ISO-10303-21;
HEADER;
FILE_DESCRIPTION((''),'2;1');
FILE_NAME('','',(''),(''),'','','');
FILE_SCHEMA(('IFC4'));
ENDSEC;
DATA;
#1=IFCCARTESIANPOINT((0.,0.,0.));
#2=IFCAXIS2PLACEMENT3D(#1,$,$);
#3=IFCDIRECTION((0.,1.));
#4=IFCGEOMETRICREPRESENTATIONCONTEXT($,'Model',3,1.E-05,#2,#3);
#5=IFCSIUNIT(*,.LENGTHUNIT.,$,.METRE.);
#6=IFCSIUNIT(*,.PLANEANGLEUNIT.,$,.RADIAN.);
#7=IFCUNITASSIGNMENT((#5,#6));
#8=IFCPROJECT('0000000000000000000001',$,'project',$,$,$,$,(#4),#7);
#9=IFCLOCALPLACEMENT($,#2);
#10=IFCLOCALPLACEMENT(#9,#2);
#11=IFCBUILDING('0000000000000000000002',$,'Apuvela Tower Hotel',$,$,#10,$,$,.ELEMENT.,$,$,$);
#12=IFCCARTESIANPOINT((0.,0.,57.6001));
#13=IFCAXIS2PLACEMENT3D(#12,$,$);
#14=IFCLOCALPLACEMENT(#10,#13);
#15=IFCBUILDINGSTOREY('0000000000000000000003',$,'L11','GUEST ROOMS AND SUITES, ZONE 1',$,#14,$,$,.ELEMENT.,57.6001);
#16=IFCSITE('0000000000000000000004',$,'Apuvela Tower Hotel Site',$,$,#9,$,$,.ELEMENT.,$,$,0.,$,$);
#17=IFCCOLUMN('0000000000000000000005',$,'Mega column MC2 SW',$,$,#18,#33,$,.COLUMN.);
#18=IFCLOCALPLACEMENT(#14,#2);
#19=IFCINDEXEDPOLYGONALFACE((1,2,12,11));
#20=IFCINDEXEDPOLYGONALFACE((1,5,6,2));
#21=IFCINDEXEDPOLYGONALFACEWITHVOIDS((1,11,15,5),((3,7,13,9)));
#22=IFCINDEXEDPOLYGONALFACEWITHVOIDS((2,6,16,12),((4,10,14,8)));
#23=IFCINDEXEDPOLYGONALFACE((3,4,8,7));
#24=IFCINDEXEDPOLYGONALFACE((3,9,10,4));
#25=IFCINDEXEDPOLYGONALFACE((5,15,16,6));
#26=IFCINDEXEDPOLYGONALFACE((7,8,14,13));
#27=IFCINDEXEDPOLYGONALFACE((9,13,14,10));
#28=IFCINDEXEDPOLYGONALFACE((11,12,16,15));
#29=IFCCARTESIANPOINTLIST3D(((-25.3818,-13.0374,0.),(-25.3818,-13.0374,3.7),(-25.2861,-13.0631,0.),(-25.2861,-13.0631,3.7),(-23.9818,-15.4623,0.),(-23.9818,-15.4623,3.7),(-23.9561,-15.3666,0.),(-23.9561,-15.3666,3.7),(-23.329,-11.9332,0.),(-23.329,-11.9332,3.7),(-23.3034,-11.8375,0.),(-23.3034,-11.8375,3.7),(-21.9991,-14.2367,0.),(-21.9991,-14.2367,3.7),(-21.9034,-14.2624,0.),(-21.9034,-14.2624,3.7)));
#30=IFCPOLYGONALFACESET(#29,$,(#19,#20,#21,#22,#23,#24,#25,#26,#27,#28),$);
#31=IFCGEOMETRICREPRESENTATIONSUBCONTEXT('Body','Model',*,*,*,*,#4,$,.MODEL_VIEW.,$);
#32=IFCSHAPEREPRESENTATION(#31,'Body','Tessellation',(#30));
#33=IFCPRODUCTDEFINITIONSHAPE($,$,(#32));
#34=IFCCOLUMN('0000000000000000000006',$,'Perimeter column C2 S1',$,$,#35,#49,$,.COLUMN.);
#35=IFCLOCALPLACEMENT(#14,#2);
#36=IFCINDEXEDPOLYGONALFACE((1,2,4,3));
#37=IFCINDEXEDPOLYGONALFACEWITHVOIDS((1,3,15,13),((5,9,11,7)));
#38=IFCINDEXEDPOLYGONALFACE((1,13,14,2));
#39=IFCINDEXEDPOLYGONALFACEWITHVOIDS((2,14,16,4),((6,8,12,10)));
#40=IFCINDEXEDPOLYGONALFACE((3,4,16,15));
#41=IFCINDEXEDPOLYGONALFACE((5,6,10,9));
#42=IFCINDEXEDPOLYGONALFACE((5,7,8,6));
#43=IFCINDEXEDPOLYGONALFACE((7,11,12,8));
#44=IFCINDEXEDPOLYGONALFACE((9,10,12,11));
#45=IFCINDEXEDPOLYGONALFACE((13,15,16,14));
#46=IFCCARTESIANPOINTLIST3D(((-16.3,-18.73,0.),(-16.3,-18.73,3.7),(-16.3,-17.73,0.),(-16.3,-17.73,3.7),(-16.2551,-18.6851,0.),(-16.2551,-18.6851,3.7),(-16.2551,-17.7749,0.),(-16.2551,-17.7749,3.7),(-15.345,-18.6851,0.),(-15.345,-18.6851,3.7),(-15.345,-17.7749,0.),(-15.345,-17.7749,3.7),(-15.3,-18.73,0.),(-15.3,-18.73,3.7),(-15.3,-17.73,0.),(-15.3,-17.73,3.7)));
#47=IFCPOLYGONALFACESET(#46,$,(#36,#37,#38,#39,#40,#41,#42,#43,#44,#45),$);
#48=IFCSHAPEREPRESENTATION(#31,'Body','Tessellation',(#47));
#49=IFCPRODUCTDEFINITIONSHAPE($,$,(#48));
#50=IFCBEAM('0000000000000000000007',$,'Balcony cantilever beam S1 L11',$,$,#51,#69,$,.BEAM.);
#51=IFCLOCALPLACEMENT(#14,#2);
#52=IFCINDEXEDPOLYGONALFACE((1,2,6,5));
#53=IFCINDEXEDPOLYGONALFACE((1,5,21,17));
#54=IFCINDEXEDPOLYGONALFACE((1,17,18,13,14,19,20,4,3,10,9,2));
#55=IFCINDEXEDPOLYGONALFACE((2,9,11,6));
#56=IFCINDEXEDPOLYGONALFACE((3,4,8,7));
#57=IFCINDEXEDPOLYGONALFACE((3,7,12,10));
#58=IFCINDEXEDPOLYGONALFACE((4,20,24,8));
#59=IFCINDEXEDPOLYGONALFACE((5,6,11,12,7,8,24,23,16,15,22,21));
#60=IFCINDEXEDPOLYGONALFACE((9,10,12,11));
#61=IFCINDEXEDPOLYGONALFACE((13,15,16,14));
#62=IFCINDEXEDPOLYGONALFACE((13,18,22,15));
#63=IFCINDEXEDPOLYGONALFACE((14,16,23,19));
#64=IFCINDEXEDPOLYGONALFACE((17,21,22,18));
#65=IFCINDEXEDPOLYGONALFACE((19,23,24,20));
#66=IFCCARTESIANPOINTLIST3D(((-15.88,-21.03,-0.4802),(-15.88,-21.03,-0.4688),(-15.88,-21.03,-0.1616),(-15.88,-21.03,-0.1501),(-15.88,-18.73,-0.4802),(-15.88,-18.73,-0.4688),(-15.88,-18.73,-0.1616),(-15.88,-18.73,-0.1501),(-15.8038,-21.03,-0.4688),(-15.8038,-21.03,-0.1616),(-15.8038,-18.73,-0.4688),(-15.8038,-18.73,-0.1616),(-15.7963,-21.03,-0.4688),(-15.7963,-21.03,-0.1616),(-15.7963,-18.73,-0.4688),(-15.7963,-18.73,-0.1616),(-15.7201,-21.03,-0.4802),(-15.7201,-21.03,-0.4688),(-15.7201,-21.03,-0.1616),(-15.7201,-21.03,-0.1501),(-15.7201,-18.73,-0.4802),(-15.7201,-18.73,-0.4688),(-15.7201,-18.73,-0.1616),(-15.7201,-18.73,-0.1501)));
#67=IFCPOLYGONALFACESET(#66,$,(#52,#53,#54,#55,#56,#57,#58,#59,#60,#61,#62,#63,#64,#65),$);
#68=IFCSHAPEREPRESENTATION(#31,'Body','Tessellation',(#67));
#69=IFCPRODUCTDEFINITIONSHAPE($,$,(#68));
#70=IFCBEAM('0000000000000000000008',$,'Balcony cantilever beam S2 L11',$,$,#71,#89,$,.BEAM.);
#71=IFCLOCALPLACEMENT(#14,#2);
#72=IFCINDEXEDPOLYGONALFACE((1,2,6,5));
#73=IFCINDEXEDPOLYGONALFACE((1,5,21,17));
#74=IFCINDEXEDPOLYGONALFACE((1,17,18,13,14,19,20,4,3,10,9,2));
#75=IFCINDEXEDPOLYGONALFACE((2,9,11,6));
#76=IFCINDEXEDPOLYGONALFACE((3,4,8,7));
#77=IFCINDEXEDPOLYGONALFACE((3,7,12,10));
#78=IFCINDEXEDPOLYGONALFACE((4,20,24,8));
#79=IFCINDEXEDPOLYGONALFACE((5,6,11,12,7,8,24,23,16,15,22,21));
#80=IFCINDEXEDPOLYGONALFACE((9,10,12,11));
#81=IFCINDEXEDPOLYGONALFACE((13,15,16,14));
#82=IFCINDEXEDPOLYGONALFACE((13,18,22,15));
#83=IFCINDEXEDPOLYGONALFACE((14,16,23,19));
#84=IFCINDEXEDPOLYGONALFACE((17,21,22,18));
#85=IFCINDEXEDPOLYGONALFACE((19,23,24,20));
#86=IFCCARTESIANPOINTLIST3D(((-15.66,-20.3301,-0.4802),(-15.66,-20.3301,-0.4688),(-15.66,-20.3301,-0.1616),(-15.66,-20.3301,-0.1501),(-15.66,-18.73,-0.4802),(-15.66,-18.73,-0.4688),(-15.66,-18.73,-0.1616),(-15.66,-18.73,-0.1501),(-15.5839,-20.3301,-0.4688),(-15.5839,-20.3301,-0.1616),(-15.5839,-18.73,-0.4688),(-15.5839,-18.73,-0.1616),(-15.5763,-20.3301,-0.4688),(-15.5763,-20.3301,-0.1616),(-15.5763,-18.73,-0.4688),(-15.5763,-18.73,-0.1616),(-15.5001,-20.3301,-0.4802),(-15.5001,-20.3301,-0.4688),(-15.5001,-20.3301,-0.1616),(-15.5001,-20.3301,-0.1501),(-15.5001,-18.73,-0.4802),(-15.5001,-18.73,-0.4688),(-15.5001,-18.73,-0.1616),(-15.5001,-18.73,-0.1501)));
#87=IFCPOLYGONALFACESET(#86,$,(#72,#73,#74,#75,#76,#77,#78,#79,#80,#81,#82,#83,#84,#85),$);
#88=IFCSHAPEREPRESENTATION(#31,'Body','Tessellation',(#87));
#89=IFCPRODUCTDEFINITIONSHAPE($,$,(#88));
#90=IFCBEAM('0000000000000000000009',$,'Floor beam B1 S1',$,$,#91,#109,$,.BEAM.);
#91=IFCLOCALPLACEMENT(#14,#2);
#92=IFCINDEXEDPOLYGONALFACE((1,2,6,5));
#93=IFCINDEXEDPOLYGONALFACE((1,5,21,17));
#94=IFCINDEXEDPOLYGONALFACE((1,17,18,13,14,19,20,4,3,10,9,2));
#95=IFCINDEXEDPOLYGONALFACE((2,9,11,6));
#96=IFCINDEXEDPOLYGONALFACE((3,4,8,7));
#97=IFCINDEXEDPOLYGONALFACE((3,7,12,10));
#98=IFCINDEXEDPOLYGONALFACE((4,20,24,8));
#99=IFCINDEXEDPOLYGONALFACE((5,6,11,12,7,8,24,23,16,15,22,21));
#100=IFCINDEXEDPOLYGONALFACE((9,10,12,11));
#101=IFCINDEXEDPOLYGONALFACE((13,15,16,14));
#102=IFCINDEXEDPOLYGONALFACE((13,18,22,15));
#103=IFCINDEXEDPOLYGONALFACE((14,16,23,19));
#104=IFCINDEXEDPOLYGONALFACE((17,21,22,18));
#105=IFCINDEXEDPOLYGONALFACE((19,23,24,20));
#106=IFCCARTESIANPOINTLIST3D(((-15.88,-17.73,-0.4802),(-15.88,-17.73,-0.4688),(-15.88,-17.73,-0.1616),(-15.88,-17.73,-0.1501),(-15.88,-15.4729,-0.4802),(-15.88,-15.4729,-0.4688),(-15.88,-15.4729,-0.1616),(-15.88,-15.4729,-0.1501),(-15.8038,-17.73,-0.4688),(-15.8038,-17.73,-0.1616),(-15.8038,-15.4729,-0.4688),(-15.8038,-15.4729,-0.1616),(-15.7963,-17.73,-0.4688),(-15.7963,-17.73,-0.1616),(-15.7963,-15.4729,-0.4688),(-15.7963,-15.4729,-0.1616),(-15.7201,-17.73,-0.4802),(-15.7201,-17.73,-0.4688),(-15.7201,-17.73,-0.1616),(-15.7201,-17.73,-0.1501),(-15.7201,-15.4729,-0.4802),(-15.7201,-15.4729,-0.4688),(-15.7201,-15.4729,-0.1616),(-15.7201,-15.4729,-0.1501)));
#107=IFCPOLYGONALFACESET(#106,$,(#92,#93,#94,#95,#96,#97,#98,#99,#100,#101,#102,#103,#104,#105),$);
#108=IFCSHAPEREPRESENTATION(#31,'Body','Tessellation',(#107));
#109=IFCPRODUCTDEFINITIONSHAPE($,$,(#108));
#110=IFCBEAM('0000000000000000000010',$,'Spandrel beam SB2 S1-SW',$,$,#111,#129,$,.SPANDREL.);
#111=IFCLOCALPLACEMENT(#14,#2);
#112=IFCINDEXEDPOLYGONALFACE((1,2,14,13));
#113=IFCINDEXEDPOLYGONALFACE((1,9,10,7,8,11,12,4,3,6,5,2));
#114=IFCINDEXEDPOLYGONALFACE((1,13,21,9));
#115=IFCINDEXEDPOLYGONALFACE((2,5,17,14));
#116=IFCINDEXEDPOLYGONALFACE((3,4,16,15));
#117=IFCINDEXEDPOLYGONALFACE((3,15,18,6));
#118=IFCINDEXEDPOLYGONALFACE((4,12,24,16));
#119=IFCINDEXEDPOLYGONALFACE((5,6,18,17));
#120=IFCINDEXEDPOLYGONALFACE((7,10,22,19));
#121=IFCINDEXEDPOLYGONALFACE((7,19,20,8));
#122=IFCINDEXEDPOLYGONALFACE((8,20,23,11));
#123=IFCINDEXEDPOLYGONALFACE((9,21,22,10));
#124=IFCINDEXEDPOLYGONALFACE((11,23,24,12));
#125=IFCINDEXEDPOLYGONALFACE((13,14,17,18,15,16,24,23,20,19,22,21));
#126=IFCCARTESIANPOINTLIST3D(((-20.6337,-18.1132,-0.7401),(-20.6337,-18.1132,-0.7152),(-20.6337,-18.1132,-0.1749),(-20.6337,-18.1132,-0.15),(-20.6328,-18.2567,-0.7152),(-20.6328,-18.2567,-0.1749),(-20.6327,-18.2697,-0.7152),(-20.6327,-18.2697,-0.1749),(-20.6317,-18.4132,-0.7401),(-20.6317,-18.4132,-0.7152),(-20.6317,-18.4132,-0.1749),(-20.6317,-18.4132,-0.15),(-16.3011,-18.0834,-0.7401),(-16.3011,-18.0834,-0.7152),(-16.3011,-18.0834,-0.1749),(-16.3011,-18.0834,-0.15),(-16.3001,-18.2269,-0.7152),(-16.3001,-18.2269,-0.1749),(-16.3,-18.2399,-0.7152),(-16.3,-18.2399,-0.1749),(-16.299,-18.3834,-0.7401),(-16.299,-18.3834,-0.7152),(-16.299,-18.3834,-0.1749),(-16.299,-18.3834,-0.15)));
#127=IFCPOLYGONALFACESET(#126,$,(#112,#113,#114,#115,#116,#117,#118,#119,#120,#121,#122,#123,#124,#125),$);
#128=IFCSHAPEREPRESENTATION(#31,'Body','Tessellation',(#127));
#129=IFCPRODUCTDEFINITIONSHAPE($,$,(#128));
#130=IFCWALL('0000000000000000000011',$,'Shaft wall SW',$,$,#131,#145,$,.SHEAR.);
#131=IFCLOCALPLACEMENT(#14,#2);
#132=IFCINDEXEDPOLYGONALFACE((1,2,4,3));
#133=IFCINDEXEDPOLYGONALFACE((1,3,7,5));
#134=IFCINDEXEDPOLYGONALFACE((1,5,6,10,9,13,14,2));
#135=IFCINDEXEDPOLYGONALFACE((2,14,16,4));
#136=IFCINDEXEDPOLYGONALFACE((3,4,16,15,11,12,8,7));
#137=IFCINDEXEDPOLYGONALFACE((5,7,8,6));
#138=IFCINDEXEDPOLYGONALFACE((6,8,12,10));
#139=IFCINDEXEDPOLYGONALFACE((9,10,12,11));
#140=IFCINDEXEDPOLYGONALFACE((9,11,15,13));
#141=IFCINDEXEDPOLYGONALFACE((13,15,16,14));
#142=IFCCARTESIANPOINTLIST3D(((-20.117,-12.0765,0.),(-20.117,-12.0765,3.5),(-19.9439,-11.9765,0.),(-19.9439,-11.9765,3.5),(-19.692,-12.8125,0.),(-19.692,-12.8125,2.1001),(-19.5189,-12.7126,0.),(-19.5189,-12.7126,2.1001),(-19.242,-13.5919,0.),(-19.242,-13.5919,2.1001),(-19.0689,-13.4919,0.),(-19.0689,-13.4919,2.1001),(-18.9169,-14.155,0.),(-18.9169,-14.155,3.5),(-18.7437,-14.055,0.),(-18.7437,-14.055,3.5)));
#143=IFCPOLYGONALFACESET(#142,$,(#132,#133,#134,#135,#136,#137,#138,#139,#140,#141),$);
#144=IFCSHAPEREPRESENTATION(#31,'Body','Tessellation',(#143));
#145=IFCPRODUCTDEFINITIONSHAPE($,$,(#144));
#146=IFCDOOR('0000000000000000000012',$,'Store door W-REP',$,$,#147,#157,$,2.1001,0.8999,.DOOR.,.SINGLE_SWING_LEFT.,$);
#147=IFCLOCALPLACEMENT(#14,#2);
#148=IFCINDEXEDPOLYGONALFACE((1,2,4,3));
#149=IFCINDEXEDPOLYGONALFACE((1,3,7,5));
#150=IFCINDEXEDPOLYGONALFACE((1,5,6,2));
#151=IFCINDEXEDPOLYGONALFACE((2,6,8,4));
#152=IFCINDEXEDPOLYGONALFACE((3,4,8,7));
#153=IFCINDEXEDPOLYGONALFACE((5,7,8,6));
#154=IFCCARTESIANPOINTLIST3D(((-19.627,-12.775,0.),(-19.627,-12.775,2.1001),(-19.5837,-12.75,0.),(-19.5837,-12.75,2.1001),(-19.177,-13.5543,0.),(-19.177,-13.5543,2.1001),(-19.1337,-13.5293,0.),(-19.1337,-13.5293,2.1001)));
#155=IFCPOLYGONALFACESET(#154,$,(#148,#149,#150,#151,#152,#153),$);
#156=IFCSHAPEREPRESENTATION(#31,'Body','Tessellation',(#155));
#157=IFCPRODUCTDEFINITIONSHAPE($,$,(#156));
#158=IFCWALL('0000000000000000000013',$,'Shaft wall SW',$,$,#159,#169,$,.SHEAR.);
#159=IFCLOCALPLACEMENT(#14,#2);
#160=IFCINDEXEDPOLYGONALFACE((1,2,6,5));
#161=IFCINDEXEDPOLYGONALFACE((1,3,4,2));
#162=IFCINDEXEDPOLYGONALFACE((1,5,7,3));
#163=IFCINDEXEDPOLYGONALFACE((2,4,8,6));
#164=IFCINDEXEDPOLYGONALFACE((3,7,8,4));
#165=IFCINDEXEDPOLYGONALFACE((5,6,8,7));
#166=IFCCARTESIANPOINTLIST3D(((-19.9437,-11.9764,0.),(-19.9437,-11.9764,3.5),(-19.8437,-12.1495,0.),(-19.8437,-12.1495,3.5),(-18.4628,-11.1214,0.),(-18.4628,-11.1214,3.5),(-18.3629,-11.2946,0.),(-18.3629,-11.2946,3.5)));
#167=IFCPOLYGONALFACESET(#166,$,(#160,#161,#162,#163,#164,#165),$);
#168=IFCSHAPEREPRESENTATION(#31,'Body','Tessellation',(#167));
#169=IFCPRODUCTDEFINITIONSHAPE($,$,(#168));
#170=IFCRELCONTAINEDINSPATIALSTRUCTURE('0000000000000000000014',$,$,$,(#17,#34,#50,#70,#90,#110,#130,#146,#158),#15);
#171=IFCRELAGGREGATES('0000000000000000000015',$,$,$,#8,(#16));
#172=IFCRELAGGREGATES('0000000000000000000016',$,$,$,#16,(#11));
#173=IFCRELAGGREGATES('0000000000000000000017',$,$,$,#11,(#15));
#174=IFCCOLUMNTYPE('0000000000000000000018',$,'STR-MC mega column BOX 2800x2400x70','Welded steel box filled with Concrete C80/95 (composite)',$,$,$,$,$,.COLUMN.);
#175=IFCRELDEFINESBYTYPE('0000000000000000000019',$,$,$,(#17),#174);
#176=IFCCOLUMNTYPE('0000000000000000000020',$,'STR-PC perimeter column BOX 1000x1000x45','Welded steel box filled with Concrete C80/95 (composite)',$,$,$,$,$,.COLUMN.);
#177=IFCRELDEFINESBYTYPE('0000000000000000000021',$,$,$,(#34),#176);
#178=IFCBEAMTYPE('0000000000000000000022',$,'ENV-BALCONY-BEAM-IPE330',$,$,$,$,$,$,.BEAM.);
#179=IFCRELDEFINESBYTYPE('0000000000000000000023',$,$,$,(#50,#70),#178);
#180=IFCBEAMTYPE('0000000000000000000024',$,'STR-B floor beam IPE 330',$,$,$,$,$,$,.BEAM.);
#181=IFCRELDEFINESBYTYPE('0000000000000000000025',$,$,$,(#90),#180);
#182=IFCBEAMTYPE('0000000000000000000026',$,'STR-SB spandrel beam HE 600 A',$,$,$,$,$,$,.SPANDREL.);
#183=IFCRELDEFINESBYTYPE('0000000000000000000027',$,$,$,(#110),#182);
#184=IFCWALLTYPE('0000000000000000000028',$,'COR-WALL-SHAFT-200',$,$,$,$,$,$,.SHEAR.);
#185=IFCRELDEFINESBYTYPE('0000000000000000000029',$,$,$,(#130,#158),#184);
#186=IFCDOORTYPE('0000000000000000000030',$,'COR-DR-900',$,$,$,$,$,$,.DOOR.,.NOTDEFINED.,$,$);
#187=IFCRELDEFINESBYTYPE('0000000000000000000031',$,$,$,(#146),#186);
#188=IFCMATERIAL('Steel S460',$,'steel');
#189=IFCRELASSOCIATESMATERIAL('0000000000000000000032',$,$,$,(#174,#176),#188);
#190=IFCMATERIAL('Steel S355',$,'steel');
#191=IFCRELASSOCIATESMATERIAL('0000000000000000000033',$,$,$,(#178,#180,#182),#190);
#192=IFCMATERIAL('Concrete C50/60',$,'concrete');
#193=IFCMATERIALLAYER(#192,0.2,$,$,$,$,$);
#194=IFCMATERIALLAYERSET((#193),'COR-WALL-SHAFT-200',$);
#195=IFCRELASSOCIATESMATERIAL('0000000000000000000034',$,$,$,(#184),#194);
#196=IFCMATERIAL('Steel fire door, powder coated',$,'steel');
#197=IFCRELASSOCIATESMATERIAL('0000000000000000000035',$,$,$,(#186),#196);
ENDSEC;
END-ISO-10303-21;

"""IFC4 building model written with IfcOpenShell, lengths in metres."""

from ifc_helpers import new_model, si_unit, direction, frame, frame_2d, origin, origin_2d, place, context, subcontext, project, spatial, rectangle, hollow_rectangle, i_section, extrude, material, layer, layer_set, material_profile, profile_set, type_object, element, fill, save


model = new_model("IFC4")

# Units and contexts
model_context = context("Model", 3, precision=1e-05, world=origin(), true_north=direction((0.0, 1.0)))
body_context = subcontext(model_context, "Body", "Model", "MODEL_VIEW")
ifc_project = project(units=[si_unit("LENGTHUNIT", "METRE"), si_unit("PLANEANGLEUNIT", "RADIAN")], contexts=[model_context])

# Site, building, storey
site_placement = place(None, origin())
site = spatial("IfcSite", under=ifc_project, at=site_placement, Name="Apuvela Tower Hotel Site", CompositionType="ELEMENT", RefElevation=0.0)
building_placement = place(site_placement, origin())
building = spatial("IfcBuilding", under=site, at=building_placement, Name="Apuvela Tower Hotel", CompositionType="ELEMENT")
storey_placement = place(building_placement, frame((0.0, 0.0, 57.6001)))
storey = spatial("IfcBuildingStorey", under=building, at=storey_placement, Name="L11", Description="GUEST ROOMS AND SUITES, ZONE 1", CompositionType="ELEMENT", Elevation=57.6001)

# Columns
ifc_material_1 = material(Name="Steel S460", Category="steel")
ifc_material_profile_1 = material_profile(ifc_material_1, hollow_rectangle(XDim=2.8, YDim=2.3999, WallThickness=0.0701, at=origin_2d()), Name="BOX 2800x2400x70")
ifc_material_2 = material(Name="Concrete C80/95", Category="concrete")
ifc_material_profile_2 = material_profile(ifc_material_2, rectangle(XDim=2.6599, YDim=2.26, at=origin_2d()), Name="Concrete C80/95 infill")
ifc_profile_set_1 = profile_set([ifc_material_profile_1, ifc_material_profile_2], Name="Steel S460")
column_type_1 = type_object("IfcColumnType", Name="STR-MC mega column BOX 2800x2400x70", Description="Welded steel box filled with Concrete C80/95 (composite)", PredefinedType="COLUMN", material=ifc_profile_set_1)
column_1_placement = place(storey_placement, frame((-23.6426, -13.6499, 0.0), z_axis=(0.0, 0.0, 1.0), x_axis=(-0.5, 0.866025, 0.0)))
element("IfcColumn", 1, at=column_1_placement, inside=storey, type_object=column_type_1, Name="Mega column MC2 SW", PredefinedType="COLUMN", context=body_context, shape_type="SweptSolid", body=[
    extrude(hollow_rectangle(XDim=2.8, YDim=2.3999, WallThickness=0.0701, at=origin_2d()), origin(), (0.0, 0.0, 1.0), 3.7),
])
ifc_material_profile_3 = material_profile(ifc_material_1, hollow_rectangle(XDim=1.0, YDim=1.0, WallThickness=0.0449, at=origin_2d()), Name="BOX 1000x1000x45")
ifc_material_profile_4 = material_profile(ifc_material_2, rectangle(XDim=0.9099, YDim=0.9099, at=origin_2d()), Name="Concrete C80/95 infill")
ifc_profile_set_2 = profile_set([ifc_material_profile_3, ifc_material_profile_4], Name="Steel S460")
column_type_2 = type_object("IfcColumnType", Name="STR-PC perimeter column BOX 1000x1000x45", Description="Welded steel box filled with Concrete C80/95 (composite)", PredefinedType="COLUMN", material=ifc_profile_set_2)
column_2_placement = place(storey_placement, frame((-15.8, -18.23, 0.0), z_axis=(0.0, 0.0, 1.0), x_axis=(-1.0, 0.0, 0.0)))
element("IfcColumn", 2, at=column_2_placement, inside=storey, type_object=column_type_2, Name="Perimeter column C2 S1", PredefinedType="COLUMN", context=body_context, shape_type="SweptSolid", body=[
    extrude(hollow_rectangle(XDim=1.0, YDim=1.0, WallThickness=0.0449, at=origin_2d()), origin(), (0.0, 0.0, 1.0), 3.7),
])

# Beams
ifc_material_3 = material(Name="Steel S355", Category="steel")
ifc_material_profile_5 = material_profile(ifc_material_3, i_section(OverallWidth=0.1599, OverallDepth=0.3301, WebThickness=0.0076, FlangeThickness=0.0115, at=origin_2d()), Name="IPE 330")
ifc_profile_set_3 = profile_set([ifc_material_profile_5], Name="Steel S355")
beam_type_1 = type_object("IfcBeamType", Name="ENV-BALCONY-BEAM-IPE330", PredefinedType="BEAM", material=ifc_profile_set_3)
beam_1_placement = place(storey_placement, frame((-15.8, -18.73, -0.3152), z_axis=(0.0, -1.0, 0.0), x_axis=(1.0, 0.0, 0.0)))
element("IfcBeam", 3, at=beam_1_placement, inside=storey, type_object=beam_type_1, Name="Balcony cantilever beam S1 L11", PredefinedType="BEAM", context=body_context, shape_type="SweptSolid", body=[
    extrude(i_section(OverallWidth=0.1599, OverallDepth=0.3301, WebThickness=0.0076, FlangeThickness=0.0115, at=origin_2d()), origin(), (0.0, 0.0, 1.0), 2.3),
])
beam_2_placement = place(storey_placement, frame((-15.5801, -18.73, -0.3152), z_axis=(0.0, -1.0, 0.0), x_axis=(1.0, 0.0, 0.0)))
element("IfcBeam", 4, at=beam_2_placement, inside=storey, type_object=beam_type_1, Name="Balcony cantilever beam S2 L11", PredefinedType="BEAM", context=body_context, shape_type="SweptSolid", body=[
    extrude(i_section(OverallWidth=0.1599, OverallDepth=0.3301, WebThickness=0.0076, FlangeThickness=0.0115, at=origin_2d()), origin(), (0.0, 0.0, 1.0), 1.6001),
])
ifc_material_profile_6 = material_profile(ifc_material_3, i_section(OverallWidth=0.1599, OverallDepth=0.3301, WebThickness=0.0076, FlangeThickness=0.0115, at=origin_2d()), Name="IPE 330")
ifc_profile_set_4 = profile_set([ifc_material_profile_6], Name="Steel S355")
beam_type_2 = type_object("IfcBeamType", Name="STR-B floor beam IPE 330", PredefinedType="BEAM", material=ifc_profile_set_4)
beam_3_placement = place(storey_placement, frame((-15.8, -17.73, -0.3152), z_axis=(0.0, 1.0, 0.0), x_axis=(-1.0, 0.0, 0.0)))
element("IfcBeam", 5, at=beam_3_placement, inside=storey, type_object=beam_type_2, Name="Floor beam B1 S1", PredefinedType="BEAM", context=body_context, shape_type="SweptSolid", body=[
    extrude(i_section(OverallWidth=0.1599, OverallDepth=0.3301, WebThickness=0.0076, FlangeThickness=0.0115, at=origin_2d()), origin(), (0.0, 0.0, 1.0), 2.2571),
])
ifc_material_profile_7 = material_profile(ifc_material_3, i_section(OverallWidth=0.3, OverallDepth=0.5901, WebThickness=0.0129, FlangeThickness=0.0249, at=origin_2d()), Name="HE 600 A")
ifc_profile_set_5 = profile_set([ifc_material_profile_7], Name="Steel S355")
beam_type_3 = type_object("IfcBeamType", Name="STR-SB spandrel beam HE 600 A", PredefinedType="SPANDREL", material=ifc_profile_set_5)
beam_4_placement = place(storey_placement, frame((-16.3, -18.2334, -0.4451), z_axis=(-0.999976, -0.006874, 0.0), x_axis=(0.006874, -0.999976, 0.0)))
element("IfcBeam", 6, at=beam_4_placement, inside=storey, type_object=beam_type_3, Name="Spandrel beam SB2 S1-SW", PredefinedType="SPANDREL", context=body_context, shape_type="SweptSolid", body=[
    extrude(i_section(OverallWidth=0.3, OverallDepth=0.5901, WebThickness=0.0129, FlangeThickness=0.0249, at=origin_2d()), origin(), (0.0, 0.0, 1.0), 4.3328),
])

# Wall, opening, door
ifc_material_4 = material(Name="Concrete C50/60", Category="concrete")
ifc_layer_1 = layer(ifc_material_4, 0.2)
ifc_layer_set_1 = layer_set([ifc_layer_1], Name="COR-WALL-SHAFT-200")
wall_type_1 = type_object("IfcWallType", Name="COR-WALL-SHAFT-200", PredefinedType="SHEAR", material=ifc_layer_set_1)
wall_1_placement = place(storey_placement, frame((-20.0305, -12.0264, 0.0), z_axis=(0.0, 0.0, 1.0), x_axis=(0.500034, -0.866006, 0.0)))
wall_1 = element("IfcWall", 7, at=wall_1_placement, inside=storey, type_object=wall_type_1, Name="Shaft wall SW", PredefinedType="SHEAR", context=body_context, shape_type="SweptSolid", body=[
    extrude(rectangle(XDim=2.4001, YDim=0.2, at=frame_2d((1.2002, 0.0))), origin(), (0.0, 0.0, 1.0), 3.5),
])
opening_1_placement = place(wall_1_placement, frame((0.8501, 0.0, 0.0)))
opening_1 = element("IfcOpeningElement", 8, at=opening_1_placement, cuts=wall_1, PredefinedType="OPENING", context=body_context, shape_type="SweptSolid", body=[
    extrude(rectangle(XDim=0.8999, YDim=2.1001, at=frame_2d((0.45, 1.05))), frame((0.0, 0.1099, 0.0), z_axis=(0.0, -1.0, 0.0), x_axis=(1.0, 0.0, 0.0)), (0.0, 0.0, 1.0), 0.22),
])
ifc_material_5 = material(Name="Steel fire door, powder coated", Category="steel")
door_type_1 = type_object("IfcDoorType", Name="COR-DR-900", OperationType="NOTDEFINED", PredefinedType="DOOR", material=ifc_material_5)
door_1_placement = place(opening_1_placement, frame((0.8999, 0.0, 0.0), z_axis=(0.0, 0.0, 1.0), x_axis=(-1.0, 0.0, 0.0)))
door_1 = element("IfcDoor", 9, at=door_1_placement, inside=storey, type_object=door_type_1, Name="Store door W-REP", OperationType="SINGLE_SWING_LEFT", OverallHeight=2.1001, OverallWidth=0.8999, PredefinedType="DOOR", context=body_context, shape_type="SweptSolid", body=[
    extrude(rectangle(XDim=0.8999, YDim=2.1001, at=frame_2d((0.45, 1.05))), frame((0.0, 0.0249, 0.0), z_axis=(0.0, -1.0, 0.0), x_axis=(1.0, 0.0, 0.0)), (0.0, 0.0, 1.0), 0.05),
])
fill(opening_1, door_1)

# Wall
wall_2_placement = place(storey_placement, frame((-18.4128, -11.208, 0.0), z_axis=(0.0, 0.0, 1.0), x_axis=(-0.866038, -0.499978, 0.0)))
element("IfcWall", 10, at=wall_2_placement, inside=storey, type_object=wall_type_1, Name="Shaft wall SW", PredefinedType="SHEAR", context=body_context, shape_type="SweptSolid", body=[
    extrude(rectangle(XDim=1.71, YDim=0.2, at=frame_2d((0.855, 0.0))), origin(), (0.0, 0.0, 1.0), 3.5),
])

save(model, "model.ifc")
